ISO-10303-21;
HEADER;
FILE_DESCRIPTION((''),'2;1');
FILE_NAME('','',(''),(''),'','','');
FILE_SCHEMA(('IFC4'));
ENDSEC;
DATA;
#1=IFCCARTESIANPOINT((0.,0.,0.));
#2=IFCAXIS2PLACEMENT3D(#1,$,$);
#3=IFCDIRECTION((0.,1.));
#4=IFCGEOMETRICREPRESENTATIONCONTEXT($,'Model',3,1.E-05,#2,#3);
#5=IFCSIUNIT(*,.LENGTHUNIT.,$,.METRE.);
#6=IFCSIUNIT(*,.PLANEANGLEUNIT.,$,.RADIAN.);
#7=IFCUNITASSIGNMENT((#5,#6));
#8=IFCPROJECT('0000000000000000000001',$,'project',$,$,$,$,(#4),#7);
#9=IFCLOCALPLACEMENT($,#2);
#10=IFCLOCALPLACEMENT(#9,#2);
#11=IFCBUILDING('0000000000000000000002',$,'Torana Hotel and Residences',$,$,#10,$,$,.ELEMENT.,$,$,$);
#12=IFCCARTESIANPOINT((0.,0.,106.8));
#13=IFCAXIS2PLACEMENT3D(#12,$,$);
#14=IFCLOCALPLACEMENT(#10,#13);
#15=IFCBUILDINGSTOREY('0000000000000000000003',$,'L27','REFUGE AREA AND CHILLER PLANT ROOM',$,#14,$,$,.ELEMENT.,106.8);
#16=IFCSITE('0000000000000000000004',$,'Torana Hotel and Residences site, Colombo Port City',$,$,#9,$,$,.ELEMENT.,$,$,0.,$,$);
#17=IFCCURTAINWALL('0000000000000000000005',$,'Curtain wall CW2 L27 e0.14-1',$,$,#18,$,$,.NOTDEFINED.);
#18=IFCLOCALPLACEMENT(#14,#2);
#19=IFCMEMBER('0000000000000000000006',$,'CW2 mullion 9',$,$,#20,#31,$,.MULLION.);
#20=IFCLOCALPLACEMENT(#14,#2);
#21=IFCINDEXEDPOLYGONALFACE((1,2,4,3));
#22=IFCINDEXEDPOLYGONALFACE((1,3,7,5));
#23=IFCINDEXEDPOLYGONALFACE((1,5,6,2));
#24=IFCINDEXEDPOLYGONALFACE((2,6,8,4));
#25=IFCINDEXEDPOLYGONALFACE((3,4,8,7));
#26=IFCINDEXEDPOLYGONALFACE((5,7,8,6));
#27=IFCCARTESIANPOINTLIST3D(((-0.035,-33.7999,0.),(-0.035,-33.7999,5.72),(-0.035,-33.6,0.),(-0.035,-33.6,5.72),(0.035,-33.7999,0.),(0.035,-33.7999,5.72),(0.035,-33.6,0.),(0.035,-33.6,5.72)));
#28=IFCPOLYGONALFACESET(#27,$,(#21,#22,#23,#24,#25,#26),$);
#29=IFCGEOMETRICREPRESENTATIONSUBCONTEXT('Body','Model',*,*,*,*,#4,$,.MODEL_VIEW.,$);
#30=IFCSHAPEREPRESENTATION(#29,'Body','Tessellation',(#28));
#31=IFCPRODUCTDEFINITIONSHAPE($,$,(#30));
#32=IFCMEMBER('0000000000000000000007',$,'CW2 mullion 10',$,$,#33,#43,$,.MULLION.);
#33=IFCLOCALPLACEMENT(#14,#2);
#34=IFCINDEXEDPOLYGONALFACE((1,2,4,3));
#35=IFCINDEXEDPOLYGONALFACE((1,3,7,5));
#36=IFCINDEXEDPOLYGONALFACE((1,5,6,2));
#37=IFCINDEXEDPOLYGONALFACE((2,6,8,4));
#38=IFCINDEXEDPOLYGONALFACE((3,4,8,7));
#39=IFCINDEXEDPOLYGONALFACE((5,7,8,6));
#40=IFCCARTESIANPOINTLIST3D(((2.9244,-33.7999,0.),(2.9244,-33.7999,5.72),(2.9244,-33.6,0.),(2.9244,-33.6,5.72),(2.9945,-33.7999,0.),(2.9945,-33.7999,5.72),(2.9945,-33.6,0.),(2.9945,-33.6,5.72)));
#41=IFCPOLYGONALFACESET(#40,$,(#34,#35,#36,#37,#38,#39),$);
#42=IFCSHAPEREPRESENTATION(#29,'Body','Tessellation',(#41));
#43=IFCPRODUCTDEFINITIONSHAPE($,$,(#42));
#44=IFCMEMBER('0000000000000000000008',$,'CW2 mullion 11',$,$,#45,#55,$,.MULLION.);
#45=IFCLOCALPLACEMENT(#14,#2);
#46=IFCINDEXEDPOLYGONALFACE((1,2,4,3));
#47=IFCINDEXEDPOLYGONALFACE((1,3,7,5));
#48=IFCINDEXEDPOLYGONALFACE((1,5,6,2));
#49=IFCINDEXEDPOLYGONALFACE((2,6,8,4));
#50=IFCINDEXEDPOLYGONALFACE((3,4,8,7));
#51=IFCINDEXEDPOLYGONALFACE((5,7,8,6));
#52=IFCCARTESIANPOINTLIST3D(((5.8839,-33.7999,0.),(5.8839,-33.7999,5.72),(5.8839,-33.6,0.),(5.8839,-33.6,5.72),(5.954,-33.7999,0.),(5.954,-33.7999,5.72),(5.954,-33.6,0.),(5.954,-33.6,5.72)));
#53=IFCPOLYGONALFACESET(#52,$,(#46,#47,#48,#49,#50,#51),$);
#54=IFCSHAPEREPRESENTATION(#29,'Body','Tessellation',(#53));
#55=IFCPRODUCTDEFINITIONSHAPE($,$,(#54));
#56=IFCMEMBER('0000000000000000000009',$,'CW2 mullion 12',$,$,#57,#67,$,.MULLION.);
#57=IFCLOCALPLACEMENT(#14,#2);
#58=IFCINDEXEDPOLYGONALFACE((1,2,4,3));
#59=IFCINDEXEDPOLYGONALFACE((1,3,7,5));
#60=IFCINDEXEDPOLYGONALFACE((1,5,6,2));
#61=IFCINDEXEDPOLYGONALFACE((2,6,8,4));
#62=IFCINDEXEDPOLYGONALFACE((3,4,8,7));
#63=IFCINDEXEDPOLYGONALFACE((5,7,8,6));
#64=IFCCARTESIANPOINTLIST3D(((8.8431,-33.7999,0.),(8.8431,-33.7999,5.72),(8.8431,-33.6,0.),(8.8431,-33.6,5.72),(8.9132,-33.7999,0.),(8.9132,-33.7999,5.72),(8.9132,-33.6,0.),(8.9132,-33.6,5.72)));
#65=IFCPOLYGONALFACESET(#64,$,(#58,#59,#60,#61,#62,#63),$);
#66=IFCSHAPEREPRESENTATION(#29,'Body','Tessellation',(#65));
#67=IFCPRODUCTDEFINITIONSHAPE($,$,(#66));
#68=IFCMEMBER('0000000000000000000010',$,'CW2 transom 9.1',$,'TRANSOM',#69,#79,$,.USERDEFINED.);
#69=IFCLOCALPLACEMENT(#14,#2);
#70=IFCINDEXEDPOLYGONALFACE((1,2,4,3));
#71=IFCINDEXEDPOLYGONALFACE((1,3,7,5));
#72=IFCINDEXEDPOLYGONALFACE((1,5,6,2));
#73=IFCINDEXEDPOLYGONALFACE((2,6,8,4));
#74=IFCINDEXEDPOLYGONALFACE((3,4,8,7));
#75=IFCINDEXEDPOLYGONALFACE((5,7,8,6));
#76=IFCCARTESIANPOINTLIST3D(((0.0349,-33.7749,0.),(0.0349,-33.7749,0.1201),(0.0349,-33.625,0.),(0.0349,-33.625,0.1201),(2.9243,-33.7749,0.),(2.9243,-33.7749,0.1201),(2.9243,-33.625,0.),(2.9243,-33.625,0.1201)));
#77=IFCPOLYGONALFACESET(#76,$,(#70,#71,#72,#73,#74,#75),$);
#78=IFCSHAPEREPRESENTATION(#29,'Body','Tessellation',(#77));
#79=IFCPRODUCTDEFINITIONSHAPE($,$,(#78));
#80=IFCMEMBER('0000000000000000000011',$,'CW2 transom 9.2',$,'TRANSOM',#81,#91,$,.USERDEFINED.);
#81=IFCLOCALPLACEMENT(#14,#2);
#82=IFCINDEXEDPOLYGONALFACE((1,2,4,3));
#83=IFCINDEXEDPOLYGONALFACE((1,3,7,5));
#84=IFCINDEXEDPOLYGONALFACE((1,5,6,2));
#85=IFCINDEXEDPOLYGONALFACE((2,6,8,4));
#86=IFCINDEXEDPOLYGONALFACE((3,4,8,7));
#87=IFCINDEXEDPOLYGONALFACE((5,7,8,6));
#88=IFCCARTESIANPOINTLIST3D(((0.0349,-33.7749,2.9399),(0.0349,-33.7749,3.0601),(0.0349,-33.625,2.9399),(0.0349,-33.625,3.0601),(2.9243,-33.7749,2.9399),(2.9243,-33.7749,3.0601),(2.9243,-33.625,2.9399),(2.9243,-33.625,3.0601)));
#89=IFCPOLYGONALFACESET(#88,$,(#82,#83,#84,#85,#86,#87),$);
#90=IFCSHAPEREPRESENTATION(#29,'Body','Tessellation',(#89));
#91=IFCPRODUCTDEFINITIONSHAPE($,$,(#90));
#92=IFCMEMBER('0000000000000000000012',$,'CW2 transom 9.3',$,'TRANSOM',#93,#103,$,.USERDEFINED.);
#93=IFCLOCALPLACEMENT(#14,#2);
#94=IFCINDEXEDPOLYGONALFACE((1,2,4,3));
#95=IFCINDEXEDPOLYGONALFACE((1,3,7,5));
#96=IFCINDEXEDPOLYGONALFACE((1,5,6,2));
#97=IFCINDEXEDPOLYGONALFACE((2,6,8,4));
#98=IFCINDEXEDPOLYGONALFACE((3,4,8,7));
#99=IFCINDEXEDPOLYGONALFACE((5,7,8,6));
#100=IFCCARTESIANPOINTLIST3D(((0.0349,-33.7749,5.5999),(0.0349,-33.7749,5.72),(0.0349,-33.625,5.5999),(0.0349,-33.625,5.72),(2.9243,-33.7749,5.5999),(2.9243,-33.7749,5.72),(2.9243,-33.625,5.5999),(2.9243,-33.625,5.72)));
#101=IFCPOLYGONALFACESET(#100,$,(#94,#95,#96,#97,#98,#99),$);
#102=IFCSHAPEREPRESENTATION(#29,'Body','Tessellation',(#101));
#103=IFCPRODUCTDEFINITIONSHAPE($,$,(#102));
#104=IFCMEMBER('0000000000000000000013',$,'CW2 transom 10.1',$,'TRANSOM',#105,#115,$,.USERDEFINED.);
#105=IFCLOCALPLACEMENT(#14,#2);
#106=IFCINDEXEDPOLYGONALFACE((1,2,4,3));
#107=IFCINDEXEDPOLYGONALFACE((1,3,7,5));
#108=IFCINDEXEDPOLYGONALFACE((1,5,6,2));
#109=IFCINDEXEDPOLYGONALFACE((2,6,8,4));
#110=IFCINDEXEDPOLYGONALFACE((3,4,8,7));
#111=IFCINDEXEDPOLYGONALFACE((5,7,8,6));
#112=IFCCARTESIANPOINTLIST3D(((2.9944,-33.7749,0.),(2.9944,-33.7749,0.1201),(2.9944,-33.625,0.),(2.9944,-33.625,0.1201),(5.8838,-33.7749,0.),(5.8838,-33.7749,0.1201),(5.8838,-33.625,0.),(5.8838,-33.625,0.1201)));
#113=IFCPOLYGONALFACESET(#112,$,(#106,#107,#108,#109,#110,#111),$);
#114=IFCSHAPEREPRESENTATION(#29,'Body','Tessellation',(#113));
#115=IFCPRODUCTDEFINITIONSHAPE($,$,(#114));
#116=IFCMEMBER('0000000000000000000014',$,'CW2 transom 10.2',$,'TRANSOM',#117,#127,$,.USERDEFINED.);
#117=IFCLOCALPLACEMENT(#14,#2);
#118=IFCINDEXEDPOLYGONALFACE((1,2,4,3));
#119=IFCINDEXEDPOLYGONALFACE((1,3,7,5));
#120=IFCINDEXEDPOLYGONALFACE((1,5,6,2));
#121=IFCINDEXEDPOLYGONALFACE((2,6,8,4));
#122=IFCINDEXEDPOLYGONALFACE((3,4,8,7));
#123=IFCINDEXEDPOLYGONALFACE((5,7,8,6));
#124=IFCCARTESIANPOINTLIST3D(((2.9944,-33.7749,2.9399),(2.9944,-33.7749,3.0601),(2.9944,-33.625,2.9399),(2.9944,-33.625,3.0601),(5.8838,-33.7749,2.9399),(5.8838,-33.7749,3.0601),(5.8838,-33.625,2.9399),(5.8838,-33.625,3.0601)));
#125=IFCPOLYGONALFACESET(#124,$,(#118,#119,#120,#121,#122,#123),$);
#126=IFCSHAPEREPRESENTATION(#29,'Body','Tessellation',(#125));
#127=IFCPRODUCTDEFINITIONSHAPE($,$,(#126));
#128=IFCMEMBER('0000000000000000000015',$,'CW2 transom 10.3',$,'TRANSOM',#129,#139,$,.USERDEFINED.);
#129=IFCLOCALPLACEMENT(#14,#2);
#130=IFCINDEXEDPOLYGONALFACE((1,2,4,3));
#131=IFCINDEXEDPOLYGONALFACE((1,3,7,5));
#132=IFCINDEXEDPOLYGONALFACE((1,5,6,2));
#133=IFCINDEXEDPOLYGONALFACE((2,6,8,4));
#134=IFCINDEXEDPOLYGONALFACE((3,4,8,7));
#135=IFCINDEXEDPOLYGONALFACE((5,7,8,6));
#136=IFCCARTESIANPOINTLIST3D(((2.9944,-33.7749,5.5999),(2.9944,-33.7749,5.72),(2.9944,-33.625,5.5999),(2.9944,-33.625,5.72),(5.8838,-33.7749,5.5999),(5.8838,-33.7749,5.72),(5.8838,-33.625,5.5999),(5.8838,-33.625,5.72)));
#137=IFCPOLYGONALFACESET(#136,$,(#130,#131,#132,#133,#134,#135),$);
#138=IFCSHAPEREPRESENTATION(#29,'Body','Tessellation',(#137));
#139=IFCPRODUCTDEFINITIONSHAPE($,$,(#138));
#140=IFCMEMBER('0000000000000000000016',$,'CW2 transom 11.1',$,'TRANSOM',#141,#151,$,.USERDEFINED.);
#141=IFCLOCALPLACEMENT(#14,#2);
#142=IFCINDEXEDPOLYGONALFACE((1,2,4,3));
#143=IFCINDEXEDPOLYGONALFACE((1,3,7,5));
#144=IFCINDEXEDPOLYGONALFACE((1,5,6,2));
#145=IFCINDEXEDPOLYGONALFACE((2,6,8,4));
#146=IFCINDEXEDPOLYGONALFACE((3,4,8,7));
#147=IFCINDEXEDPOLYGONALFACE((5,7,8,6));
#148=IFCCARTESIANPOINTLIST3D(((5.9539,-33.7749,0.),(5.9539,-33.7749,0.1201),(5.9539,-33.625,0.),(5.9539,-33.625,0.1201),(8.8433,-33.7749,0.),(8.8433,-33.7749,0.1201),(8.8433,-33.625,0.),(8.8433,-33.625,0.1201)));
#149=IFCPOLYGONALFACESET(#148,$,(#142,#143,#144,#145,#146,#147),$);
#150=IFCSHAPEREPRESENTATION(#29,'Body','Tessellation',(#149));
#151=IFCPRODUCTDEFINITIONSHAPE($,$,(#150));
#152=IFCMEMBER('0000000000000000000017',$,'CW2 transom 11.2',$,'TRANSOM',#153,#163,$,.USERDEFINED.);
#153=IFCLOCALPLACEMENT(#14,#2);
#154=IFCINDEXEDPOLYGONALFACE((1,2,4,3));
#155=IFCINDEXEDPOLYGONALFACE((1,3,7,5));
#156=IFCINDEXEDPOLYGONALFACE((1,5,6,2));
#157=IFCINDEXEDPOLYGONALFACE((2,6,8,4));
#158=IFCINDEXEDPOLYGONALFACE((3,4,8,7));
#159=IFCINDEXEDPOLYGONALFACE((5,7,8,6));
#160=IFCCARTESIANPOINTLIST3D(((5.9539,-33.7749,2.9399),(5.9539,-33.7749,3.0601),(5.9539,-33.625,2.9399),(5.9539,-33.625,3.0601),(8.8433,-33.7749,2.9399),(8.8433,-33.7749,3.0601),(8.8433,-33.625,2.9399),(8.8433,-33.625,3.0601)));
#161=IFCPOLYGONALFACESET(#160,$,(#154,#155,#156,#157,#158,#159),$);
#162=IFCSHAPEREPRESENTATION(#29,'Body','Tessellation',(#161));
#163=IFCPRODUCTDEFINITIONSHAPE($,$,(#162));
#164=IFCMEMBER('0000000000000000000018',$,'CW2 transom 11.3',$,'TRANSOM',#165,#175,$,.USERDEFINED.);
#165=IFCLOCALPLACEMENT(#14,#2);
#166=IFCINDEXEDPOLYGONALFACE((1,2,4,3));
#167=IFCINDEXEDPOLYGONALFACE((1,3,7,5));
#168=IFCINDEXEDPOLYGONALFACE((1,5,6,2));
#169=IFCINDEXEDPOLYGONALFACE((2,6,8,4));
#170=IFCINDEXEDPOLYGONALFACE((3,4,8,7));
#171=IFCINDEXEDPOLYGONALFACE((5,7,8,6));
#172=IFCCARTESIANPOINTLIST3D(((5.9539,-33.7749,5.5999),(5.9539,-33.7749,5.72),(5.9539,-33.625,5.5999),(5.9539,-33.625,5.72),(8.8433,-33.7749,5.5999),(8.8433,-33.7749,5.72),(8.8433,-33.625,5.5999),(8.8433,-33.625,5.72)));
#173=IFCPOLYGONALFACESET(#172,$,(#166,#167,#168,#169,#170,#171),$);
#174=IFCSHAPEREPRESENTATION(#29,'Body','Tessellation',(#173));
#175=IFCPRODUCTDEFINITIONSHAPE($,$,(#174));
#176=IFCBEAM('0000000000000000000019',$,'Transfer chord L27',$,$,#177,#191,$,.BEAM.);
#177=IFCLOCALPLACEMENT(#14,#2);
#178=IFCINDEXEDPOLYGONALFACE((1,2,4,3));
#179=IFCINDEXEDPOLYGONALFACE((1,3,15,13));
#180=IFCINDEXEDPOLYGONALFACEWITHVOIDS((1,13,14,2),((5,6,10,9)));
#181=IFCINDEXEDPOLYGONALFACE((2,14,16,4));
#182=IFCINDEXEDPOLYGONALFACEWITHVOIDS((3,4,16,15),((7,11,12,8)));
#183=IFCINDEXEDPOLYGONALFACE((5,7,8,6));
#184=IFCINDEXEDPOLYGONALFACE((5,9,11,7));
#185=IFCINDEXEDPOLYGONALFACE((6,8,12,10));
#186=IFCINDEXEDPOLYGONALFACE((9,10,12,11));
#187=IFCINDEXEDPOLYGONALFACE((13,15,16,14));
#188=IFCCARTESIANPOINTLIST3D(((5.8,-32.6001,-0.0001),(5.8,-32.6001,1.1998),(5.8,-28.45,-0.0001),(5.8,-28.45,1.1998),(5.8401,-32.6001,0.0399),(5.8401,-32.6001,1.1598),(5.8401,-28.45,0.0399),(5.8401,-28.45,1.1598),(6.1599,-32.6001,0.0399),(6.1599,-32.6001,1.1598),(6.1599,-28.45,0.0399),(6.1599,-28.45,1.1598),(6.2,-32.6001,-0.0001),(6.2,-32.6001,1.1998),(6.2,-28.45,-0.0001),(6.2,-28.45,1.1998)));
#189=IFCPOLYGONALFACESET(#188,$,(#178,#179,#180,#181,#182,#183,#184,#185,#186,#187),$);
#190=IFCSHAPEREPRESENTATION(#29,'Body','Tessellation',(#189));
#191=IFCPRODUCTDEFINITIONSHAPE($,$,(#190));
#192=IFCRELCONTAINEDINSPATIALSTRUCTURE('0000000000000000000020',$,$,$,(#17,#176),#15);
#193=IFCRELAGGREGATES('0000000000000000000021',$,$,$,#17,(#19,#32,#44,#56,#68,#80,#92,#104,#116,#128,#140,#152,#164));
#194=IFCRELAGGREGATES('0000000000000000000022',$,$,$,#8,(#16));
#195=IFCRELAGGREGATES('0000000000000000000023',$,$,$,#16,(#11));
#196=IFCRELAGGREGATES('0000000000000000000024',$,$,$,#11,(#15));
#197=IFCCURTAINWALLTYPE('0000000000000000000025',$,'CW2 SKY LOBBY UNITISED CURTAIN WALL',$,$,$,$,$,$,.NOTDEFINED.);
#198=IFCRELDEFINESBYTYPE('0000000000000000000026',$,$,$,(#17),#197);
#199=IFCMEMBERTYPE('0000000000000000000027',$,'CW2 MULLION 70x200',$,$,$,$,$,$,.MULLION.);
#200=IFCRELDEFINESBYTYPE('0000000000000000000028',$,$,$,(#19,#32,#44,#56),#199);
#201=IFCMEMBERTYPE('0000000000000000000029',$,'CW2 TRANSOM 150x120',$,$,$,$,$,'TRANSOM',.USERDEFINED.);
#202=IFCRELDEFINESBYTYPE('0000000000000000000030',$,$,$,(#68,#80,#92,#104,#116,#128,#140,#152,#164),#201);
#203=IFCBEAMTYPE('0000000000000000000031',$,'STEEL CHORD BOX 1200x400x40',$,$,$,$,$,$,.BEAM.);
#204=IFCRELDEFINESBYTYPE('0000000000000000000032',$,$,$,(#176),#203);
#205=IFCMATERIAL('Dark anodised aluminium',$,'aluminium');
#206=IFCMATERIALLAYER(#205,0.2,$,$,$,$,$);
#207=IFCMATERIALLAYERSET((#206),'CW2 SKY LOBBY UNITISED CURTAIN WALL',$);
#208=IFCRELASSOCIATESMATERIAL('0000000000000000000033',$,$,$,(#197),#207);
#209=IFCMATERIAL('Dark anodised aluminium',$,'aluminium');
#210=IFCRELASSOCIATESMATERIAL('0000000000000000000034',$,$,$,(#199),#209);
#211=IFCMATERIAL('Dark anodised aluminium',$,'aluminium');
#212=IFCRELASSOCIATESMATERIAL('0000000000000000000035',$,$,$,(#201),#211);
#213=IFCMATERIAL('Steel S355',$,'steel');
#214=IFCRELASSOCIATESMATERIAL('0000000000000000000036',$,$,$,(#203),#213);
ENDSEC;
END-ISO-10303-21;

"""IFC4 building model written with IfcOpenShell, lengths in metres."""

from ifc_helpers import new_model, si_unit, direction, frame, origin, origin_2d, place, context, subcontext, project, spatial, rectangle, hollow_rectangle, extrude, material, layer, layer_set, material_profile, profile_set, type_object, element, aggregate, save


model = new_model("IFC4")

# Units and contexts
model_context = context("Model", 3, precision=1e-05, world=origin(), true_north=direction((0.0, 1.0)))
body_context = subcontext(model_context, "Body", "Model", "MODEL_VIEW")
ifc_project = project(units=[si_unit("LENGTHUNIT", "METRE"), si_unit("PLANEANGLEUNIT", "RADIAN")], contexts=[model_context])

# Site, building, storey
site_placement = place(None, origin())
site = spatial("IfcSite", under=ifc_project, at=site_placement, Name="Torana Hotel and Residences site, Colombo Port City", CompositionType="ELEMENT", RefElevation=0.0)
building_placement = place(site_placement, origin())
building = spatial("IfcBuilding", under=site, at=building_placement, Name="Torana Hotel and Residences", CompositionType="ELEMENT")
storey_placement = place(building_placement, frame((0.0, 0.0, 106.8)))
storey = spatial("IfcBuildingStorey", under=building, at=storey_placement, Name="L27", Description="REFUGE AREA AND CHILLER PLANT ROOM", CompositionType="ELEMENT", Elevation=106.8)

# Curtain wall, members
ifc_material_1 = material(Name="Dark anodised aluminium", Category="aluminium")
ifc_layer_1 = layer(ifc_material_1, 0.2)
ifc_layer_set_1 = layer_set([ifc_layer_1], Name="CW2 SKY LOBBY UNITISED CURTAIN WALL")
curtain_wall_type = type_object("IfcCurtainWallType", Name="CW2 SKY LOBBY UNITISED CURTAIN WALL", PredefinedType="NOTDEFINED", material=ifc_layer_set_1)
curtain_wall_placement = place(storey_placement, origin())
curtain_wall = element("IfcCurtainWall", 1, at=curtain_wall_placement, inside=storey, type_object=curtain_wall_type, Name="Curtain wall CW2 L27 e0.14-1", PredefinedType="NOTDEFINED")
ifc_material_2 = material(Name="Dark anodised aluminium", Category="aluminium")
ifc_material_profile_1 = material_profile(ifc_material_2, rectangle(XDim=0.2, YDim=0.0701, at=origin_2d()), Name="CW2 MULLION 70x200")
ifc_profile_set_1 = profile_set([ifc_material_profile_1], Name="Dark anodised aluminium")
member_type_1 = type_object("IfcMemberType", Name="CW2 MULLION 70x200", PredefinedType="MULLION", material=ifc_profile_set_1)
member_1_placement = place(storey_placement, frame((0.0, -33.7, 0.0), z_axis=(0.0, 0.0, 1.0), x_axis=(0.0, 1.0, 0.0)))
member_1 = element("IfcMember", 2, at=member_1_placement, type_object=member_type_1, Name="CW2 mullion 9", PredefinedType="MULLION", context=body_context, shape_type="SweptSolid", body=[
    extrude(rectangle(XDim=0.2, YDim=0.0701, at=origin_2d()), origin(), (0.0, 0.0, 1.0), 5.72),
])
member_2_placement = place(storey_placement, frame((2.9595, -33.7, 0.0), z_axis=(0.0, 0.0, 1.0), x_axis=(0.0, 1.0, 0.0)))
member_2 = element("IfcMember", 3, at=member_2_placement, type_object=member_type_1, Name="CW2 mullion 10", PredefinedType="MULLION", context=body_context, shape_type="SweptSolid", body=[
    extrude(rectangle(XDim=0.2, YDim=0.0701, at=origin_2d()), origin(), (0.0, 0.0, 1.0), 5.72),
])
member_3_placement = place(storey_placement, frame((5.9189, -33.7, 0.0), z_axis=(0.0, 0.0, 1.0), x_axis=(0.0, 1.0, 0.0)))
member_3 = element("IfcMember", 4, at=member_3_placement, type_object=member_type_1, Name="CW2 mullion 11", PredefinedType="MULLION", context=body_context, shape_type="SweptSolid", body=[
    extrude(rectangle(XDim=0.2, YDim=0.0701, at=origin_2d()), origin(), (0.0, 0.0, 1.0), 5.72),
])
member_4_placement = place(storey_placement, frame((8.8782, -33.7, 0.0), z_axis=(0.0, 0.0, 1.0), x_axis=(0.0, 1.0, 0.0)))
member_4 = element("IfcMember", 5, at=member_4_placement, type_object=member_type_1, Name="CW2 mullion 12", PredefinedType="MULLION", context=body_context, shape_type="SweptSolid", body=[
    extrude(rectangle(XDim=0.2, YDim=0.0701, at=origin_2d()), origin(), (0.0, 0.0, 1.0), 5.72),
])
ifc_material_3 = material(Name="Dark anodised aluminium", Category="aluminium")
ifc_material_profile_2 = material_profile(ifc_material_3, rectangle(XDim=0.1499, YDim=0.1201, at=origin_2d()), Name="CW2 TRANSOM 150x120")
ifc_profile_set_2 = profile_set([ifc_material_profile_2], Name="Dark anodised aluminium")
member_type_2 = type_object("IfcMemberType", Name="CW2 TRANSOM 150x120", ElementType="TRANSOM", PredefinedType="USERDEFINED", material=ifc_profile_set_2)
member_5_placement = place(storey_placement, frame((0.0349, -33.7, 0.0601), z_axis=(1.0, 0.0, 0.0), x_axis=(0.0, 1.0, 0.0)))
member_5 = element("IfcMember", 6, at=member_5_placement, type_object=member_type_2, Name="CW2 transom 9.1", ObjectType="TRANSOM", PredefinedType="USERDEFINED", context=body_context, shape_type="SweptSolid", body=[
    extrude(rectangle(XDim=0.1499, YDim=0.1201, at=origin_2d()), origin(), (0.0, 0.0, 1.0), 2.8894),
])
member_6_placement = place(storey_placement, frame((0.0349, -33.7, 3.0), z_axis=(1.0, 0.0, 0.0), x_axis=(0.0, 1.0, 0.0)))
member_6 = element("IfcMember", 7, at=member_6_placement, type_object=member_type_2, Name="CW2 transom 9.2", ObjectType="TRANSOM", PredefinedType="USERDEFINED", context=body_context, shape_type="SweptSolid", body=[
    extrude(rectangle(XDim=0.1499, YDim=0.1201, at=origin_2d()), origin(), (0.0, 0.0, 1.0), 2.8894),
])
member_7_placement = place(storey_placement, frame((0.0349, -33.7, 5.6599), z_axis=(1.0, 0.0, 0.0), x_axis=(0.0, 1.0, 0.0)))
member_7 = element("IfcMember", 8, at=member_7_placement, type_object=member_type_2, Name="CW2 transom 9.3", ObjectType="TRANSOM", PredefinedType="USERDEFINED", context=body_context, shape_type="SweptSolid", body=[
    extrude(rectangle(XDim=0.1499, YDim=0.1201, at=origin_2d()), origin(), (0.0, 0.0, 1.0), 2.8894),
])
member_8_placement = place(storey_placement, frame((2.9944, -33.7, 0.0601), z_axis=(1.0, 0.0, 0.0), x_axis=(0.0, 1.0, 0.0)))
member_8 = element("IfcMember", 9, at=member_8_placement, type_object=member_type_2, Name="CW2 transom 10.1", ObjectType="TRANSOM", PredefinedType="USERDEFINED", context=body_context, shape_type="SweptSolid", body=[
    extrude(rectangle(XDim=0.1499, YDim=0.1201, at=origin_2d()), origin(), (0.0, 0.0, 1.0), 2.8894),
])
member_9_placement = place(storey_placement, frame((2.9944, -33.7, 3.0), z_axis=(1.0, 0.0, 0.0), x_axis=(0.0, 1.0, 0.0)))
member_9 = element("IfcMember", 10, at=member_9_placement, type_object=member_type_2, Name="CW2 transom 10.2", ObjectType="TRANSOM", PredefinedType="USERDEFINED", context=body_context, shape_type="SweptSolid", body=[
    extrude(rectangle(XDim=0.1499, YDim=0.1201, at=origin_2d()), origin(), (0.0, 0.0, 1.0), 2.8894),
])
member_10_placement = place(storey_placement, frame((2.9944, -33.7, 5.6599), z_axis=(1.0, 0.0, 0.0), x_axis=(0.0, 1.0, 0.0)))
member_10 = element("IfcMember", 11, at=member_10_placement, type_object=member_type_2, Name="CW2 transom 10.3", ObjectType="TRANSOM", PredefinedType="USERDEFINED", context=body_context, shape_type="SweptSolid", body=[
    extrude(rectangle(XDim=0.1499, YDim=0.1201, at=origin_2d()), origin(), (0.0, 0.0, 1.0), 2.8894),
])
member_11_placement = place(storey_placement, frame((5.9539, -33.7, 0.0601), z_axis=(1.0, 0.0, 0.0), x_axis=(0.0, 1.0, 0.0)))
member_11 = element("IfcMember", 12, at=member_11_placement, type_object=member_type_2, Name="CW2 transom 11.1", ObjectType="TRANSOM", PredefinedType="USERDEFINED", context=body_context, shape_type="SweptSolid", body=[
    extrude(rectangle(XDim=0.1499, YDim=0.1201, at=origin_2d()), origin(), (0.0, 0.0, 1.0), 2.8894),
])
member_12_placement = place(storey_placement, frame((5.9539, -33.7, 3.0), z_axis=(1.0, 0.0, 0.0), x_axis=(0.0, 1.0, 0.0)))
member_12 = element("IfcMember", 13, at=member_12_placement, type_object=member_type_2, Name="CW2 transom 11.2", ObjectType="TRANSOM", PredefinedType="USERDEFINED", context=body_context, shape_type="SweptSolid", body=[
    extrude(rectangle(XDim=0.1499, YDim=0.1201, at=origin_2d()), origin(), (0.0, 0.0, 1.0), 2.8894),
])
member_13_placement = place(storey_placement, frame((5.9539, -33.7, 5.6599), z_axis=(1.0, 0.0, 0.0), x_axis=(0.0, 1.0, 0.0)))
member_13 = element("IfcMember", 14, at=member_13_placement, type_object=member_type_2, Name="CW2 transom 11.3", ObjectType="TRANSOM", PredefinedType="USERDEFINED", context=body_context, shape_type="SweptSolid", body=[
    extrude(rectangle(XDim=0.1499, YDim=0.1201, at=origin_2d()), origin(), (0.0, 0.0, 1.0), 2.8894),
])

# Beam
ifc_material_4 = material(Name="Steel S355", Category="steel")
ifc_material_profile_3 = material_profile(ifc_material_4, hollow_rectangle(XDim=0.3999, YDim=1.2, WallThickness=0.04, at=origin_2d()), Name="BOX 1200x400x40")
ifc_profile_set_3 = profile_set([ifc_material_profile_3], Name="Steel S355")
beam_type = type_object("IfcBeamType", Name="STEEL CHORD BOX 1200x400x40", PredefinedType="BEAM", material=ifc_profile_set_3)
for number, where, z_axis, x_axis, name in (
    (15, (6.0, -32.6001, 0.5999), (0.0, 1.0, 0.0), (-1.0, 0.0, 0.0), "Transfer chord L27"),
):
    element("IfcBeam", number, at=place(storey_placement, frame(where, z_axis=z_axis, x_axis=x_axis)), inside=storey, type_object=beam_type, Name=name, PredefinedType="BEAM", context=body_context, shape_type="SweptSolid", body=[
        extrude(hollow_rectangle(XDim=0.3999, YDim=1.2, WallThickness=0.04, at=origin_2d()), origin(), (0.0, 0.0, 1.0), 4.1501),
    ])

aggregate(curtain_wall, [member_1, member_2, member_3, member_4, member_5, member_6, member_7, member_8, member_9, member_10, member_11, member_12, member_13])

save(model, "model.ifc")
